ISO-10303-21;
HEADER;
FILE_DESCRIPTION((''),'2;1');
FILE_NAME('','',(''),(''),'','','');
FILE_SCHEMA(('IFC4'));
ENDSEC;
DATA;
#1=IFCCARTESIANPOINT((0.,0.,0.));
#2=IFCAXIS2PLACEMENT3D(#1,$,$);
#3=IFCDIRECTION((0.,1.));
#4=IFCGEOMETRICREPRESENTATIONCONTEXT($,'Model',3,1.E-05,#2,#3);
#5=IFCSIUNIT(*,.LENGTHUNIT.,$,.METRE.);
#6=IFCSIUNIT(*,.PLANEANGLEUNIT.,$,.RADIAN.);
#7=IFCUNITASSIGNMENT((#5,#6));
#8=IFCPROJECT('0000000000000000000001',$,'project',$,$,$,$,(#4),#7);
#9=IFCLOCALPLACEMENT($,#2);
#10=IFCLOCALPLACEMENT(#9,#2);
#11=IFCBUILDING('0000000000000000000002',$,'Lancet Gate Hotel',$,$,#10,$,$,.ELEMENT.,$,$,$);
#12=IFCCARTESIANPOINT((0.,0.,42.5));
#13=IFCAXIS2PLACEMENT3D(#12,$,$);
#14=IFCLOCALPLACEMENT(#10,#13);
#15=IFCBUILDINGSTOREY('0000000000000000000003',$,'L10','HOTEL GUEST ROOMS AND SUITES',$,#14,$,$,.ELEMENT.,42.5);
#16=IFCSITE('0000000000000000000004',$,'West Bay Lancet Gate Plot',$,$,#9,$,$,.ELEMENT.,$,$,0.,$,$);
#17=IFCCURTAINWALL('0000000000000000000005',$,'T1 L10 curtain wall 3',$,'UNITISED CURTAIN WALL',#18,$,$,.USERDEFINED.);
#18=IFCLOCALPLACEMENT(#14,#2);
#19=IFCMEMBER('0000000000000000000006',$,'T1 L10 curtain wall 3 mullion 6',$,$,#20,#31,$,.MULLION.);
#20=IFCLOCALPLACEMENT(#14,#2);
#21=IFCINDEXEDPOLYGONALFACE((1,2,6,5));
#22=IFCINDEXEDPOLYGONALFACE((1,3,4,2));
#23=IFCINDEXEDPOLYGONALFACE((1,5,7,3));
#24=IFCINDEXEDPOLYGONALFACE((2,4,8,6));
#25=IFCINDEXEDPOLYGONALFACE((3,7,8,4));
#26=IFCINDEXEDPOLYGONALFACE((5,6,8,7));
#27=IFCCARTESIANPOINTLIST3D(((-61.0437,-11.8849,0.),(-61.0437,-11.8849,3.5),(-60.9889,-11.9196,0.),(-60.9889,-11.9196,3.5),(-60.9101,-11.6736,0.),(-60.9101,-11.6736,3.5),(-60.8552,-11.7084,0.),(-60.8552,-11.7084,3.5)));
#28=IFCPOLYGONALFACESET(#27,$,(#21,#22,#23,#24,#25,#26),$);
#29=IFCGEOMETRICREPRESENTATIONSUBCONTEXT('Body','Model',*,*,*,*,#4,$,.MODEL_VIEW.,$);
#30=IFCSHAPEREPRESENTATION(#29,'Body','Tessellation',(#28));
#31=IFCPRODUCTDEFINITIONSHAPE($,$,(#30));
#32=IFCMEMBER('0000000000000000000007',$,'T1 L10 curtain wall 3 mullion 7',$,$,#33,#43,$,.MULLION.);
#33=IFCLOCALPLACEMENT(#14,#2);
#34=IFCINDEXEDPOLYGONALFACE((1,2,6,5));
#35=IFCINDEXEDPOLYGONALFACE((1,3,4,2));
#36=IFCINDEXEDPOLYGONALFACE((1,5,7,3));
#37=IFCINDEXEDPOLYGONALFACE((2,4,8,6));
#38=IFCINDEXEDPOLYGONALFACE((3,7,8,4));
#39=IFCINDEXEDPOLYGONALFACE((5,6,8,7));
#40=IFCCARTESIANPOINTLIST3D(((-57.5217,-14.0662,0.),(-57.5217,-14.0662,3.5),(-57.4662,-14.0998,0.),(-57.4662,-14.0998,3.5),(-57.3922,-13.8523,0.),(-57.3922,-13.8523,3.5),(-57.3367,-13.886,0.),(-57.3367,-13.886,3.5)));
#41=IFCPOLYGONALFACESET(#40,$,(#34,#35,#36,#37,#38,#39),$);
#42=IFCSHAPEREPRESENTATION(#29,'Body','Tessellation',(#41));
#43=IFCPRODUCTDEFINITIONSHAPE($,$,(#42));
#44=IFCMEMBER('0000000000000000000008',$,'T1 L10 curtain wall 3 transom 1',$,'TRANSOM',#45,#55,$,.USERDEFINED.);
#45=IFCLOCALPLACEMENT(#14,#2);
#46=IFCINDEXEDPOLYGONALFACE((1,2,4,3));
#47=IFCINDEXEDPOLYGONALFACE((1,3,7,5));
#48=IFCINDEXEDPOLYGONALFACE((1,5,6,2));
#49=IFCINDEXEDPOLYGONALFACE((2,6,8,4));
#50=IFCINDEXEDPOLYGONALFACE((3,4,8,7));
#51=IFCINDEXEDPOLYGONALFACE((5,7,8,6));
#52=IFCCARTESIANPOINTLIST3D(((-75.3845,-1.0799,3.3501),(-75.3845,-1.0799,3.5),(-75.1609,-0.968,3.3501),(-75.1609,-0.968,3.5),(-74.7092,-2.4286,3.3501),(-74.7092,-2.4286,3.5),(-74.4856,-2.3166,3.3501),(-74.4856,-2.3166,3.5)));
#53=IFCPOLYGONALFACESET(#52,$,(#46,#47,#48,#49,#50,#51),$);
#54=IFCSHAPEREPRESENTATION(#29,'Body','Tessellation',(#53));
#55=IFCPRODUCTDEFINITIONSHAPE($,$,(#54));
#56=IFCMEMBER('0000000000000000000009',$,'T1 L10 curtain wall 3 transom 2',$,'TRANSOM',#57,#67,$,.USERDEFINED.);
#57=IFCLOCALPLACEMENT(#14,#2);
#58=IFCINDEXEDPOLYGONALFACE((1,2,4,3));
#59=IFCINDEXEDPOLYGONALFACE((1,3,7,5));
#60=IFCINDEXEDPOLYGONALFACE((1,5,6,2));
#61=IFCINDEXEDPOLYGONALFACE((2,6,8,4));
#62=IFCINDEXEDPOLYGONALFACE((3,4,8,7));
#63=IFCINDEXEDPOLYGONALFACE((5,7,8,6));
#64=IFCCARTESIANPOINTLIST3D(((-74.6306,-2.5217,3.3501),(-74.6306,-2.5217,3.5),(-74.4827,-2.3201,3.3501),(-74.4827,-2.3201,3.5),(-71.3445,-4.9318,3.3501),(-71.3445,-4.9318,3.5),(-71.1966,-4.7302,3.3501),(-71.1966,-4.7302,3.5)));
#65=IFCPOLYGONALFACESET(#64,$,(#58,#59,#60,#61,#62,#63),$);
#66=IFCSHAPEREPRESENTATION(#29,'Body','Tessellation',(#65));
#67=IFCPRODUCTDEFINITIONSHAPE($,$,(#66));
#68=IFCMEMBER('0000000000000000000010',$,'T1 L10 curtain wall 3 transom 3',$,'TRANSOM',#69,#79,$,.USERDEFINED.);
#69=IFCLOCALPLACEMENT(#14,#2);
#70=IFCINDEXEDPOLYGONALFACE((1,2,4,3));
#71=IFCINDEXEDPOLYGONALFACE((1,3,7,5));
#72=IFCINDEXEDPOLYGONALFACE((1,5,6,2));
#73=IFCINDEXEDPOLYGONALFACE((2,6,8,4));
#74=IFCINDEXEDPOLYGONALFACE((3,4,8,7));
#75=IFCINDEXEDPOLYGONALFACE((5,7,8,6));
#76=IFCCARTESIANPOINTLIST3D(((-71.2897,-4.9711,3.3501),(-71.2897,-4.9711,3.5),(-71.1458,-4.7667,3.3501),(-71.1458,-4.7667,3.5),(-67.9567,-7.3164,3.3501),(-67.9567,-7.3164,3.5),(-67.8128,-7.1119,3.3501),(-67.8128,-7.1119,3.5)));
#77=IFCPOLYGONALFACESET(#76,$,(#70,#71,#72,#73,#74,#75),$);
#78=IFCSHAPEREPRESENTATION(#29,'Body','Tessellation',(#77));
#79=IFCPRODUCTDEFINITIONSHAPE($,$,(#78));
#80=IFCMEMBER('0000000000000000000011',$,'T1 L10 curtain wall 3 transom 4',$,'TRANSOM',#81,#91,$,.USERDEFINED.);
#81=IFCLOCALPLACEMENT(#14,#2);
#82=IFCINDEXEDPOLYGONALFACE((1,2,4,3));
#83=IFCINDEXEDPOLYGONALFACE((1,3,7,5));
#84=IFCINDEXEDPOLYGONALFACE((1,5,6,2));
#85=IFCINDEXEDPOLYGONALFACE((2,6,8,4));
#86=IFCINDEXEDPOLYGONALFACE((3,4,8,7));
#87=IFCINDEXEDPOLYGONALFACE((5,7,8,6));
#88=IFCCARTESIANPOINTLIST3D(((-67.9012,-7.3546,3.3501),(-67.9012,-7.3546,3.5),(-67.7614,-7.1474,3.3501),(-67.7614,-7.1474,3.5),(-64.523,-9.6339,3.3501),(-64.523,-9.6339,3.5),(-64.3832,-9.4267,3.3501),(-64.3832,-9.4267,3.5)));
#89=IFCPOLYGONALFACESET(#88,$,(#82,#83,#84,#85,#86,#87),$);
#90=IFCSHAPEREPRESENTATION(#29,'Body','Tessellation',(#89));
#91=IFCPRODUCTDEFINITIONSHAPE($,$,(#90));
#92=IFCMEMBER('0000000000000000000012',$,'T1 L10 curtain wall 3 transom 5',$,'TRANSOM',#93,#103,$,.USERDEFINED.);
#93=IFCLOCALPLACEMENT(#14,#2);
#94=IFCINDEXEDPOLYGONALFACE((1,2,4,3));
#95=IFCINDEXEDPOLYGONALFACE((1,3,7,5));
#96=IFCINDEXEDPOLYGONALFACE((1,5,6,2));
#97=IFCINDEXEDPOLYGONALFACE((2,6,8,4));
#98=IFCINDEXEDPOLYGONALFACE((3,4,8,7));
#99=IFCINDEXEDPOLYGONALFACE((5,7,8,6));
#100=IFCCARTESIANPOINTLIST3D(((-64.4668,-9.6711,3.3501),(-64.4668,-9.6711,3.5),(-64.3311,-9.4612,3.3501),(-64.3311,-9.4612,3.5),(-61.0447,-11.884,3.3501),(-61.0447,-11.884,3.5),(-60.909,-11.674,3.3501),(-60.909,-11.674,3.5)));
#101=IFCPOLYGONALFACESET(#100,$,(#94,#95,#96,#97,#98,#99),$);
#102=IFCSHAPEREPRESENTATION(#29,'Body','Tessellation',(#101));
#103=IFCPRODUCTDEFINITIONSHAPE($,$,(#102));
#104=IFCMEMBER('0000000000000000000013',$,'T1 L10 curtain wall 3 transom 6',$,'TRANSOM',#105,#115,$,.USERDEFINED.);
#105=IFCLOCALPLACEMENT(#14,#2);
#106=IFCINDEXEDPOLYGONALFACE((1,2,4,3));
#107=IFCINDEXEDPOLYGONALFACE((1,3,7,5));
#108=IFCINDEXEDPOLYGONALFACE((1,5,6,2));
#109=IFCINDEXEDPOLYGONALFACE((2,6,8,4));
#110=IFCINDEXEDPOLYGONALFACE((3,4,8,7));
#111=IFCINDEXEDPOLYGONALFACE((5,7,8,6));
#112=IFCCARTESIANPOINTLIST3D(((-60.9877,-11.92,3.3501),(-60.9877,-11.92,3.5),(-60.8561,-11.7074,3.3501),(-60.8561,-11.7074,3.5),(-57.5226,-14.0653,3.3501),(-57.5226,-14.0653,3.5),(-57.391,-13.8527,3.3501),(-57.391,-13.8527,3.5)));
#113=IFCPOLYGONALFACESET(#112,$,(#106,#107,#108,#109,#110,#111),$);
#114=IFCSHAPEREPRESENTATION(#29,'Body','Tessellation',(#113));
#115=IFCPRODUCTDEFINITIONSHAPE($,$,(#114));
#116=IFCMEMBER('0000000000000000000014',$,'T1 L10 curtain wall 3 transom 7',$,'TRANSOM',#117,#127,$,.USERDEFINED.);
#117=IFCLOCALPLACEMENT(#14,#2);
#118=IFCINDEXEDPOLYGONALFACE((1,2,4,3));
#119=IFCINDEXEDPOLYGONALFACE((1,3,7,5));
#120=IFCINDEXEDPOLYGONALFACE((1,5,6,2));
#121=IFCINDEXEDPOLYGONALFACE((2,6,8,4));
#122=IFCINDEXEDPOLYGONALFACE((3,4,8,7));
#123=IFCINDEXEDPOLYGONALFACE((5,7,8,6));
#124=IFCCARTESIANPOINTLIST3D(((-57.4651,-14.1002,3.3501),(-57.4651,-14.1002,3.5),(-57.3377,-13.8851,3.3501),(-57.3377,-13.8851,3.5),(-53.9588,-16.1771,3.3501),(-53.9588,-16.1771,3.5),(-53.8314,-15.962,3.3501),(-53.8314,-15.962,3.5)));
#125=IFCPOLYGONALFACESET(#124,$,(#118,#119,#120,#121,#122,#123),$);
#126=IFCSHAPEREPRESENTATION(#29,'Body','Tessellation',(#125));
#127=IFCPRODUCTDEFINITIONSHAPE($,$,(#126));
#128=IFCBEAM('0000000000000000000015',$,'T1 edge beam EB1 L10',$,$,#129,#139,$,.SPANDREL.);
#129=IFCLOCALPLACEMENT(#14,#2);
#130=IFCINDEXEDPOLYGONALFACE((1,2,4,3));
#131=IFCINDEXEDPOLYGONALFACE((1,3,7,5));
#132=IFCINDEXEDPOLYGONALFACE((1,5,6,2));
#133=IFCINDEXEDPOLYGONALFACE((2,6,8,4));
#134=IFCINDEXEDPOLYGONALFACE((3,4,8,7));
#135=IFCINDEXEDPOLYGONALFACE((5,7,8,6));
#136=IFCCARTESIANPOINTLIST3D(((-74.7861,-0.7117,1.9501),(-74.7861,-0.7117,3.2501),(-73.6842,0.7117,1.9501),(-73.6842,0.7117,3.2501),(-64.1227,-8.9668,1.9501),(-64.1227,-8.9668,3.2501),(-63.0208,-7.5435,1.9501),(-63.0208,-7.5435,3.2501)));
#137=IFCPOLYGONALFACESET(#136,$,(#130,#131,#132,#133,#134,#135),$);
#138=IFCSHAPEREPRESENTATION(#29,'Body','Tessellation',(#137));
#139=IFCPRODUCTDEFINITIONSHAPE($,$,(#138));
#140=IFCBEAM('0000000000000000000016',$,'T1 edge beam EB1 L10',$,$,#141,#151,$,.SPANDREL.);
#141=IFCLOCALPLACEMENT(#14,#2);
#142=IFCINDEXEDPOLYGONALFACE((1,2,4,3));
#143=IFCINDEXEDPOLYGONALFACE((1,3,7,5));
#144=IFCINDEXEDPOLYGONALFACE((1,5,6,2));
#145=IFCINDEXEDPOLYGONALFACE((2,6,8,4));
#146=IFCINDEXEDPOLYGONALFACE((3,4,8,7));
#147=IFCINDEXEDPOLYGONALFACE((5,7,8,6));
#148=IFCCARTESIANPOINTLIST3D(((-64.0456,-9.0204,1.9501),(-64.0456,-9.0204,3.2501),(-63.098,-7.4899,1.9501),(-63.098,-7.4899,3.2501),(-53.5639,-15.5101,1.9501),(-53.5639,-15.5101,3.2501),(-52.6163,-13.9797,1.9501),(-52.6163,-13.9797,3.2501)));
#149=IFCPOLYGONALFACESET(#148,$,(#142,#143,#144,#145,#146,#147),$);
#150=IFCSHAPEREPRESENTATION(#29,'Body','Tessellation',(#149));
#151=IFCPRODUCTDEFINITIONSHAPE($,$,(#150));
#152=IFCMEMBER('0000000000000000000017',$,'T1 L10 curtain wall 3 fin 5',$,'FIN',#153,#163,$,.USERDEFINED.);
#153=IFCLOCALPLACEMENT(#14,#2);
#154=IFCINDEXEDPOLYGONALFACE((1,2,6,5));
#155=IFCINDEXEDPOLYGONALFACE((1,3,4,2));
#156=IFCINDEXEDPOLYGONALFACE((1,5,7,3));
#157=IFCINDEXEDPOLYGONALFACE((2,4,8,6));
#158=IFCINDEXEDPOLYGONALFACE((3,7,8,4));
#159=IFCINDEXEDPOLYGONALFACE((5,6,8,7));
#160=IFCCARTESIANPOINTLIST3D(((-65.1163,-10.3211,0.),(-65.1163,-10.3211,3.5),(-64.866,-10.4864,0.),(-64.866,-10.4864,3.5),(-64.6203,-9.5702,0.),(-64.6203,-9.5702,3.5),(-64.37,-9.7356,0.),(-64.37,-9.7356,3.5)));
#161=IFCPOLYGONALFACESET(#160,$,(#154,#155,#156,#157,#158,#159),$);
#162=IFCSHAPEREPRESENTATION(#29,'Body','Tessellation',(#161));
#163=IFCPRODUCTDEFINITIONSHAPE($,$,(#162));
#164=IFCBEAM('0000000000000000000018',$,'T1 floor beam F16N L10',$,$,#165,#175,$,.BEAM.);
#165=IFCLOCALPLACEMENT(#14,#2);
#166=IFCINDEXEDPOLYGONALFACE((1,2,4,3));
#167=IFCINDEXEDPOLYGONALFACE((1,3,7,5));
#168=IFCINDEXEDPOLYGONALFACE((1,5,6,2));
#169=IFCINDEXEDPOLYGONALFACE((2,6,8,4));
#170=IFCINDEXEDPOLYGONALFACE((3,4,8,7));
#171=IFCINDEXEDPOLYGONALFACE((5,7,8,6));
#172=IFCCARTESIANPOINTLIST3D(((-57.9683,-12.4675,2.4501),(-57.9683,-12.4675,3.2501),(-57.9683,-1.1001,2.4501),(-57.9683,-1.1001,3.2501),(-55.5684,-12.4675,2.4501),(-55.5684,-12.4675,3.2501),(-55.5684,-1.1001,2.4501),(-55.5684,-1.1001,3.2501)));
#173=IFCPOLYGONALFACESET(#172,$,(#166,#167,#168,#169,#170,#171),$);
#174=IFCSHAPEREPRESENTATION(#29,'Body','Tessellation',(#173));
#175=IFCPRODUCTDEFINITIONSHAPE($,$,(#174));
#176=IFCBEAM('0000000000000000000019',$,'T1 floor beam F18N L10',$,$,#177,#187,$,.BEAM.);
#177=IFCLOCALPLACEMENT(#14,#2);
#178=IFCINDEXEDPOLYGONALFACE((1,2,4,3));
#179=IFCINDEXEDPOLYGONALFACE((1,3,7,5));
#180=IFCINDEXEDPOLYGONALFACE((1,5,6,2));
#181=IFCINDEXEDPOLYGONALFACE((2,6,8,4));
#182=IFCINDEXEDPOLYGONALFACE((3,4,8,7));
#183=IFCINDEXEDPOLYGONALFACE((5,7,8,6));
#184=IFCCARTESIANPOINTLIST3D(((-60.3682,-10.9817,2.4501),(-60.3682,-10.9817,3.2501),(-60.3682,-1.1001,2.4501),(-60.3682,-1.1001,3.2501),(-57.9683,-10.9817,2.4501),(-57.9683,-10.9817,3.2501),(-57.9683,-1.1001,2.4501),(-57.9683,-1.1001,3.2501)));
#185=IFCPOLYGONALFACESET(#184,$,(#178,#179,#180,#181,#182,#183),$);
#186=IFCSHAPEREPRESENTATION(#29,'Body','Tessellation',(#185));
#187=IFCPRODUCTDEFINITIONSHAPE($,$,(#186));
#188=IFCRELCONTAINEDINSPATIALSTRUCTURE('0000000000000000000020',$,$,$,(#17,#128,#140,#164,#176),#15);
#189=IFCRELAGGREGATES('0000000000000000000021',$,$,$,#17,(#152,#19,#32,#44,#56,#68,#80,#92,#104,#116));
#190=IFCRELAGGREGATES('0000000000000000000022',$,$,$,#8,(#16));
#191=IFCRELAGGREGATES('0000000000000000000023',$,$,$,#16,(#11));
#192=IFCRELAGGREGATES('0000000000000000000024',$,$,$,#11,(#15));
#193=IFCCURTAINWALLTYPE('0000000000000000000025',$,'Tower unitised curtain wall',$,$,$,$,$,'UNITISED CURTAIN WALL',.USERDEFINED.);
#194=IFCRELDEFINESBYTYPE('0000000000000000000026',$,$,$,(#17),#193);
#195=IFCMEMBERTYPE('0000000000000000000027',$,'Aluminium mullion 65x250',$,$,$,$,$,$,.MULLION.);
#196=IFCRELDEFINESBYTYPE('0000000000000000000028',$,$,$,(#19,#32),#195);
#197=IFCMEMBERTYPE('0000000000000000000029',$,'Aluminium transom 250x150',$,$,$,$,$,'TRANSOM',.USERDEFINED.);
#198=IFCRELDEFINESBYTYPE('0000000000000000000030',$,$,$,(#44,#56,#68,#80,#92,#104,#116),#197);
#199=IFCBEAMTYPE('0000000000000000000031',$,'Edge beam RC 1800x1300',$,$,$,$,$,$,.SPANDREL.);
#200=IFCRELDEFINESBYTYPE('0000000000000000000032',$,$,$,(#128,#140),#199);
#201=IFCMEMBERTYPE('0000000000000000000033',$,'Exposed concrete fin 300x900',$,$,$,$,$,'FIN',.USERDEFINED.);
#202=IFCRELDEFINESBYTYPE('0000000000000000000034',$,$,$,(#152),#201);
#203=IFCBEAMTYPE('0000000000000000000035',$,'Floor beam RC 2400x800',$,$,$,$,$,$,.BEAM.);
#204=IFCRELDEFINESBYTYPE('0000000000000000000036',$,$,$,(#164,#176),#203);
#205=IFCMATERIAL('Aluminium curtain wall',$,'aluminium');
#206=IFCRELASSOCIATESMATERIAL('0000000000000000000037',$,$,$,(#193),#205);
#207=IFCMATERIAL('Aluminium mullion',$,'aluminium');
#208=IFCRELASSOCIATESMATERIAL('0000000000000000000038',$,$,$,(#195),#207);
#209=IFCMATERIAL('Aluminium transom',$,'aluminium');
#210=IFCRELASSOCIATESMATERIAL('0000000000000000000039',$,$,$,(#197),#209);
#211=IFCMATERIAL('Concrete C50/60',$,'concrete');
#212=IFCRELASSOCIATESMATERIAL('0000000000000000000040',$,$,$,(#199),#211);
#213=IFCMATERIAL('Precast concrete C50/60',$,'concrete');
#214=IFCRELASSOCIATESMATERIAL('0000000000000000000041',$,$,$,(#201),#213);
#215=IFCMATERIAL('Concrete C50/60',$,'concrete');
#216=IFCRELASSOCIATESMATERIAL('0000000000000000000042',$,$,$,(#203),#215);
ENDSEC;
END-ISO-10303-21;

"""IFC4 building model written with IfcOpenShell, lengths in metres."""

from ifc_helpers import new_model, si_unit, direction, frame, origin, origin_2d, place, context, subcontext, project, spatial, rectangle, extrude, material, material_profile, profile_set, type_object, element, aggregate, save


model = new_model("IFC4")

# Units and contexts
model_context = context("Model", 3, precision=1e-05, world=origin(), true_north=direction((0.0, 1.0)))
body_context = subcontext(model_context, "Body", "Model", "MODEL_VIEW")
ifc_project = project(units=[si_unit("LENGTHUNIT", "METRE"), si_unit("PLANEANGLEUNIT", "RADIAN")], contexts=[model_context])

# Site, building, storey
site_placement = place(None, origin())
site = spatial("IfcSite", under=ifc_project, at=site_placement, Name="West Bay Lancet Gate Plot", CompositionType="ELEMENT", RefElevation=0.0)
building_placement = place(site_placement, origin())
building = spatial("IfcBuilding", under=site, at=building_placement, Name="Lancet Gate Hotel", CompositionType="ELEMENT")
storey_placement = place(building_placement, frame((0.0, 0.0, 42.5)))
storey = spatial("IfcBuildingStorey", under=building, at=storey_placement, Name="L10", Description="HOTEL GUEST ROOMS AND SUITES", CompositionType="ELEMENT", Elevation=42.5)

# Curtain wall, members
ifc_material_1 = material(Name="Aluminium curtain wall", Category="aluminium")
curtain_wall_type = type_object("IfcCurtainWallType", Name="Tower unitised curtain wall", ElementType="UNITISED CURTAIN WALL", PredefinedType="USERDEFINED", material=ifc_material_1)
curtain_wall_placement = place(storey_placement, origin())
curtain_wall = element("IfcCurtainWall", 1, at=curtain_wall_placement, inside=storey, type_object=curtain_wall_type, Name="T1 L10 curtain wall 3", ObjectType="UNITISED CURTAIN WALL", PredefinedType="USERDEFINED")
ifc_material_2 = material(Name="Aluminium mullion", Category="aluminium")
ifc_material_profile_1 = material_profile(ifc_material_2, rectangle(XDim=0.0649, YDim=0.25, at=origin_2d()), Name="MULLION 65x250")
ifc_profile_set_1 = profile_set([ifc_material_profile_1], Name="Aluminium mullion")
member_type_1 = type_object("IfcMemberType", Name="Aluminium mullion 65x250", PredefinedType="MULLION", material=ifc_profile_set_1)
member_1_placement = place(storey_placement, frame((-60.9495, -11.7966, 0.0), z_axis=(0.0, 0.0, 1.0), x_axis=(0.845029, -0.53472, 0.0)))
member_1 = element("IfcMember", 2, at=member_1_placement, type_object=member_type_1, Name="T1 L10 curtain wall 3 mullion 6", PredefinedType="MULLION", context=body_context, shape_type="SweptSolid", body=[
    extrude(rectangle(XDim=0.0649, YDim=0.25, at=origin_2d()), origin(), (0.0, 0.0, 1.0), 3.5),
])
member_2_placement = place(storey_placement, frame((-57.4292, -13.9761, 0.0), z_axis=(0.0, 0.0, 1.0), x_axis=(0.855346, -0.518057, 0.0)))
member_2 = element("IfcMember", 3, at=member_2_placement, type_object=member_type_1, Name="T1 L10 curtain wall 3 mullion 7", PredefinedType="MULLION", context=body_context, shape_type="SweptSolid", body=[
    extrude(rectangle(XDim=0.0649, YDim=0.25, at=origin_2d()), origin(), (0.0, 0.0, 1.0), 3.5),
])
ifc_material_3 = material(Name="Aluminium transom", Category="aluminium")
ifc_material_profile_2 = material_profile(ifc_material_3, rectangle(XDim=0.25, YDim=0.1499, at=origin_2d()), Name="TRANSOM 250x150")
ifc_profile_set_2 = profile_set([ifc_material_profile_2], Name="Aluminium transom")
member_type_2 = type_object("IfcMemberType", Name="Aluminium transom 250x150", ElementType="TRANSOM", PredefinedType="USERDEFINED", material=ifc_profile_set_2)
member_3_placement = place(storey_placement, frame((-75.2727, -1.0239, 3.425), z_axis=(0.447732, -0.894168, 0.0), x_axis=(0.894168, 0.447732, 0.0)))
member_3 = element("IfcMember", 4, at=member_3_placement, type_object=member_type_2, Name="T1 L10 curtain wall 3 transom 1", ObjectType="TRANSOM", PredefinedType="USERDEFINED", context=body_context, shape_type="SweptSolid", body=[
    extrude(rectangle(XDim=0.25, YDim=0.1499, at=origin_2d()), origin(), (0.0, 0.0, 1.0), 1.5083),
])
member_4_placement = place(storey_placement, frame((-74.5566, -2.4209, 3.425), z_axis=(0.806367, -0.591416, 0.0), x_axis=(0.591416, 0.806367, 0.0)))
member_4 = element("IfcMember", 5, at=member_4_placement, type_object=member_type_2, Name="T1 L10 curtain wall 3 transom 2", ObjectType="TRANSOM", PredefinedType="USERDEFINED", context=body_context, shape_type="SweptSolid", body=[
    extrude(rectangle(XDim=0.25, YDim=0.1499, at=origin_2d()), origin(), (0.0, 0.0, 1.0), 4.0752),
])
member_5_placement = place(storey_placement, frame((-71.2178, -4.8689, 3.425), z_axis=(0.817834, -0.575455, 0.0), x_axis=(0.575455, 0.817834, 0.0)))
member_5 = element("IfcMember", 6, at=member_5_placement, type_object=member_type_2, Name="T1 L10 curtain wall 3 transom 3", ObjectType="TRANSOM", PredefinedType="USERDEFINED", context=body_context, shape_type="SweptSolid", body=[
    extrude(rectangle(XDim=0.25, YDim=0.1499, at=origin_2d()), origin(), (0.0, 0.0, 1.0), 4.0754),
])
member_6_placement = place(storey_placement, frame((-67.8313, -7.251, 3.425), z_axis=(0.828959, -0.559309, 0.0), x_axis=(0.559309, 0.828959, 0.0)))
member_6 = element("IfcMember", 7, at=member_6_placement, type_object=member_type_2, Name="T1 L10 curtain wall 3 transom 4", ObjectType="TRANSOM", PredefinedType="USERDEFINED", context=body_context, shape_type="SweptSolid", body=[
    extrude(rectangle(XDim=0.25, YDim=0.1499, at=origin_2d()), origin(), (0.0, 0.0, 1.0), 4.0752),
])
member_7_placement = place(storey_placement, frame((-64.3989, -9.5662, 3.425), z_axis=(0.839729, -0.543005, 0.0), x_axis=(0.543005, 0.839729, 0.0)))
member_7 = element("IfcMember", 8, at=member_7_placement, type_object=member_type_2, Name="T1 L10 curtain wall 3 transom 5", ObjectType="TRANSOM", PredefinedType="USERDEFINED", context=body_context, shape_type="SweptSolid", body=[
    extrude(rectangle(XDim=0.25, YDim=0.1499, at=origin_2d()), origin(), (0.0, 0.0, 1.0), 4.0752),
])
member_8_placement = place(storey_placement, frame((-60.9219, -11.8137, 3.425), z_axis=(0.850242, -0.526392, 0.0), x_axis=(0.526392, 0.850242, 0.0)))
member_8 = element("IfcMember", 9, at=member_8_placement, type_object=member_type_2, Name="T1 L10 curtain wall 3 transom 6", ObjectType="TRANSOM", PredefinedType="USERDEFINED", context=body_context, shape_type="SweptSolid", body=[
    extrude(rectangle(XDim=0.25, YDim=0.1499, at=origin_2d()), origin(), (0.0, 0.0, 1.0), 4.0754),
])
member_9_placement = place(storey_placement, frame((-57.4014, -13.9927, 3.425), z_axis=(0.860392, -0.509633, 0.0), x_axis=(0.509633, 0.860392, 0.0)))
member_9 = element("IfcMember", 10, at=member_9_placement, type_object=member_type_2, Name="T1 L10 curtain wall 3 transom 7", ObjectType="TRANSOM", PredefinedType="USERDEFINED", context=body_context, shape_type="SweptSolid", body=[
    extrude(rectangle(XDim=0.25, YDim=0.1499, at=origin_2d()), origin(), (0.0, 0.0, 1.0), 4.0752),
])

# Beams
ifc_material_4 = material(Name="Concrete C50/60", Category="concrete")
ifc_material_profile_3 = material_profile(ifc_material_4, rectangle(XDim=1.8, YDim=1.3, at=origin_2d()), Name="RC 1800x1300")
ifc_profile_set_3 = profile_set([ifc_material_profile_3], Name="Concrete C50/60")
beam_type_1 = type_object("IfcBeamType", Name="Edge beam RC 1800x1300", PredefinedType="SPANDREL", material=ifc_profile_set_3)
beam_1_placement = place(storey_placement, frame((-74.2351, 0.0, 2.6001), z_axis=(0.790736, -0.612157, 0.0), x_axis=(0.612157, 0.790736, 0.0)))
element("IfcBeam", 11, at=beam_1_placement, inside=storey, type_object=beam_type_1, Name="T1 edge beam EB1 L10", PredefinedType="SPANDREL", context=body_context, shape_type="SweptSolid", body=[
    extrude(rectangle(XDim=1.8, YDim=1.3, at=origin_2d()), origin(), (0.0, 0.0, 1.0), 13.4854),
])
beam_2_placement = place(storey_placement, frame((-63.5718, -8.2551, 2.6001), z_axis=(0.850226, -0.526418, 0.0), x_axis=(0.526418, 0.850226, 0.0)))
element("IfcBeam", 12, at=beam_2_placement, inside=storey, type_object=beam_type_1, Name="T1 edge beam EB1 L10", PredefinedType="SPANDREL", context=body_context, shape_type="SweptSolid", body=[
    extrude(rectangle(XDim=1.8, YDim=1.3, at=origin_2d()), origin(), (0.0, 0.0, 1.0), 12.3281),
])

# Member
ifc_material_5 = material(Name="Precast concrete C50/60", Category="concrete")
ifc_material_profile_4 = material_profile(ifc_material_5, rectangle(XDim=0.3, YDim=0.8999, at=origin_2d()), Name="FIN 300x900")
ifc_profile_set_4 = profile_set([ifc_material_profile_4], Name="Precast concrete C50/60")
member_type_3 = type_object("IfcMemberType", Name="Exposed concrete fin 300x900", ElementType="FIN", PredefinedType="USERDEFINED", material=ifc_profile_set_4)
member_10_placement = place(storey_placement, frame((-64.7432, -10.0283, 0.0), z_axis=(0.0, 0.0, 1.0), x_axis=(0.834387, -0.551178, 0.0)))
member_10 = element("IfcMember", 13, at=member_10_placement, type_object=member_type_3, Name="T1 L10 curtain wall 3 fin 5", ObjectType="FIN", PredefinedType="USERDEFINED", context=body_context, shape_type="SweptSolid", body=[
    extrude(rectangle(XDim=0.3, YDim=0.8999, at=origin_2d()), origin(), (0.0, 0.0, 1.0), 3.5),
])

# Beams
ifc_material_6 = material(Name="Concrete C50/60", Category="concrete")
ifc_material_profile_5 = material_profile(ifc_material_6, rectangle(XDim=2.3999, YDim=0.8, at=origin_2d()), Name="RC 2400x800")
ifc_profile_set_5 = profile_set([ifc_material_profile_5], Name="Concrete C50/60")
beam_type_2 = type_object("IfcBeamType", Name="Floor beam RC 2400x800", PredefinedType="BEAM", material=ifc_profile_set_5)
beam_3_placement = place(storey_placement, frame((-56.7683, -1.1001, 2.8501), z_axis=(0.0, -1.0, 0.0), x_axis=(1.0, 0.0, 0.0)))
element("IfcBeam", 14, at=beam_3_placement, inside=storey, type_object=beam_type_2, Name="T1 floor beam F16N L10", PredefinedType="BEAM", context=body_context, shape_type="SweptSolid", body=[
    extrude(rectangle(XDim=2.3999, YDim=0.8, at=origin_2d()), origin(), (0.0, 0.0, 1.0), 11.3674),
])
beam_4_placement = place(storey_placement, frame((-59.1682, -1.1001, 2.8501), z_axis=(0.0, -1.0, 0.0), x_axis=(1.0, 0.0, 0.0)))
element("IfcBeam", 15, at=beam_4_placement, inside=storey, type_object=beam_type_2, Name="T1 floor beam F18N L10", PredefinedType="BEAM", context=body_context, shape_type="SweptSolid", body=[
    extrude(rectangle(XDim=2.3999, YDim=0.8, at=origin_2d()), origin(), (0.0, 0.0, 1.0), 9.8816),
])

aggregate(curtain_wall, [member_10, member_1, member_2, member_3, member_4, member_5, member_6, member_7, member_8, member_9])

save(model, "model.ifc")
